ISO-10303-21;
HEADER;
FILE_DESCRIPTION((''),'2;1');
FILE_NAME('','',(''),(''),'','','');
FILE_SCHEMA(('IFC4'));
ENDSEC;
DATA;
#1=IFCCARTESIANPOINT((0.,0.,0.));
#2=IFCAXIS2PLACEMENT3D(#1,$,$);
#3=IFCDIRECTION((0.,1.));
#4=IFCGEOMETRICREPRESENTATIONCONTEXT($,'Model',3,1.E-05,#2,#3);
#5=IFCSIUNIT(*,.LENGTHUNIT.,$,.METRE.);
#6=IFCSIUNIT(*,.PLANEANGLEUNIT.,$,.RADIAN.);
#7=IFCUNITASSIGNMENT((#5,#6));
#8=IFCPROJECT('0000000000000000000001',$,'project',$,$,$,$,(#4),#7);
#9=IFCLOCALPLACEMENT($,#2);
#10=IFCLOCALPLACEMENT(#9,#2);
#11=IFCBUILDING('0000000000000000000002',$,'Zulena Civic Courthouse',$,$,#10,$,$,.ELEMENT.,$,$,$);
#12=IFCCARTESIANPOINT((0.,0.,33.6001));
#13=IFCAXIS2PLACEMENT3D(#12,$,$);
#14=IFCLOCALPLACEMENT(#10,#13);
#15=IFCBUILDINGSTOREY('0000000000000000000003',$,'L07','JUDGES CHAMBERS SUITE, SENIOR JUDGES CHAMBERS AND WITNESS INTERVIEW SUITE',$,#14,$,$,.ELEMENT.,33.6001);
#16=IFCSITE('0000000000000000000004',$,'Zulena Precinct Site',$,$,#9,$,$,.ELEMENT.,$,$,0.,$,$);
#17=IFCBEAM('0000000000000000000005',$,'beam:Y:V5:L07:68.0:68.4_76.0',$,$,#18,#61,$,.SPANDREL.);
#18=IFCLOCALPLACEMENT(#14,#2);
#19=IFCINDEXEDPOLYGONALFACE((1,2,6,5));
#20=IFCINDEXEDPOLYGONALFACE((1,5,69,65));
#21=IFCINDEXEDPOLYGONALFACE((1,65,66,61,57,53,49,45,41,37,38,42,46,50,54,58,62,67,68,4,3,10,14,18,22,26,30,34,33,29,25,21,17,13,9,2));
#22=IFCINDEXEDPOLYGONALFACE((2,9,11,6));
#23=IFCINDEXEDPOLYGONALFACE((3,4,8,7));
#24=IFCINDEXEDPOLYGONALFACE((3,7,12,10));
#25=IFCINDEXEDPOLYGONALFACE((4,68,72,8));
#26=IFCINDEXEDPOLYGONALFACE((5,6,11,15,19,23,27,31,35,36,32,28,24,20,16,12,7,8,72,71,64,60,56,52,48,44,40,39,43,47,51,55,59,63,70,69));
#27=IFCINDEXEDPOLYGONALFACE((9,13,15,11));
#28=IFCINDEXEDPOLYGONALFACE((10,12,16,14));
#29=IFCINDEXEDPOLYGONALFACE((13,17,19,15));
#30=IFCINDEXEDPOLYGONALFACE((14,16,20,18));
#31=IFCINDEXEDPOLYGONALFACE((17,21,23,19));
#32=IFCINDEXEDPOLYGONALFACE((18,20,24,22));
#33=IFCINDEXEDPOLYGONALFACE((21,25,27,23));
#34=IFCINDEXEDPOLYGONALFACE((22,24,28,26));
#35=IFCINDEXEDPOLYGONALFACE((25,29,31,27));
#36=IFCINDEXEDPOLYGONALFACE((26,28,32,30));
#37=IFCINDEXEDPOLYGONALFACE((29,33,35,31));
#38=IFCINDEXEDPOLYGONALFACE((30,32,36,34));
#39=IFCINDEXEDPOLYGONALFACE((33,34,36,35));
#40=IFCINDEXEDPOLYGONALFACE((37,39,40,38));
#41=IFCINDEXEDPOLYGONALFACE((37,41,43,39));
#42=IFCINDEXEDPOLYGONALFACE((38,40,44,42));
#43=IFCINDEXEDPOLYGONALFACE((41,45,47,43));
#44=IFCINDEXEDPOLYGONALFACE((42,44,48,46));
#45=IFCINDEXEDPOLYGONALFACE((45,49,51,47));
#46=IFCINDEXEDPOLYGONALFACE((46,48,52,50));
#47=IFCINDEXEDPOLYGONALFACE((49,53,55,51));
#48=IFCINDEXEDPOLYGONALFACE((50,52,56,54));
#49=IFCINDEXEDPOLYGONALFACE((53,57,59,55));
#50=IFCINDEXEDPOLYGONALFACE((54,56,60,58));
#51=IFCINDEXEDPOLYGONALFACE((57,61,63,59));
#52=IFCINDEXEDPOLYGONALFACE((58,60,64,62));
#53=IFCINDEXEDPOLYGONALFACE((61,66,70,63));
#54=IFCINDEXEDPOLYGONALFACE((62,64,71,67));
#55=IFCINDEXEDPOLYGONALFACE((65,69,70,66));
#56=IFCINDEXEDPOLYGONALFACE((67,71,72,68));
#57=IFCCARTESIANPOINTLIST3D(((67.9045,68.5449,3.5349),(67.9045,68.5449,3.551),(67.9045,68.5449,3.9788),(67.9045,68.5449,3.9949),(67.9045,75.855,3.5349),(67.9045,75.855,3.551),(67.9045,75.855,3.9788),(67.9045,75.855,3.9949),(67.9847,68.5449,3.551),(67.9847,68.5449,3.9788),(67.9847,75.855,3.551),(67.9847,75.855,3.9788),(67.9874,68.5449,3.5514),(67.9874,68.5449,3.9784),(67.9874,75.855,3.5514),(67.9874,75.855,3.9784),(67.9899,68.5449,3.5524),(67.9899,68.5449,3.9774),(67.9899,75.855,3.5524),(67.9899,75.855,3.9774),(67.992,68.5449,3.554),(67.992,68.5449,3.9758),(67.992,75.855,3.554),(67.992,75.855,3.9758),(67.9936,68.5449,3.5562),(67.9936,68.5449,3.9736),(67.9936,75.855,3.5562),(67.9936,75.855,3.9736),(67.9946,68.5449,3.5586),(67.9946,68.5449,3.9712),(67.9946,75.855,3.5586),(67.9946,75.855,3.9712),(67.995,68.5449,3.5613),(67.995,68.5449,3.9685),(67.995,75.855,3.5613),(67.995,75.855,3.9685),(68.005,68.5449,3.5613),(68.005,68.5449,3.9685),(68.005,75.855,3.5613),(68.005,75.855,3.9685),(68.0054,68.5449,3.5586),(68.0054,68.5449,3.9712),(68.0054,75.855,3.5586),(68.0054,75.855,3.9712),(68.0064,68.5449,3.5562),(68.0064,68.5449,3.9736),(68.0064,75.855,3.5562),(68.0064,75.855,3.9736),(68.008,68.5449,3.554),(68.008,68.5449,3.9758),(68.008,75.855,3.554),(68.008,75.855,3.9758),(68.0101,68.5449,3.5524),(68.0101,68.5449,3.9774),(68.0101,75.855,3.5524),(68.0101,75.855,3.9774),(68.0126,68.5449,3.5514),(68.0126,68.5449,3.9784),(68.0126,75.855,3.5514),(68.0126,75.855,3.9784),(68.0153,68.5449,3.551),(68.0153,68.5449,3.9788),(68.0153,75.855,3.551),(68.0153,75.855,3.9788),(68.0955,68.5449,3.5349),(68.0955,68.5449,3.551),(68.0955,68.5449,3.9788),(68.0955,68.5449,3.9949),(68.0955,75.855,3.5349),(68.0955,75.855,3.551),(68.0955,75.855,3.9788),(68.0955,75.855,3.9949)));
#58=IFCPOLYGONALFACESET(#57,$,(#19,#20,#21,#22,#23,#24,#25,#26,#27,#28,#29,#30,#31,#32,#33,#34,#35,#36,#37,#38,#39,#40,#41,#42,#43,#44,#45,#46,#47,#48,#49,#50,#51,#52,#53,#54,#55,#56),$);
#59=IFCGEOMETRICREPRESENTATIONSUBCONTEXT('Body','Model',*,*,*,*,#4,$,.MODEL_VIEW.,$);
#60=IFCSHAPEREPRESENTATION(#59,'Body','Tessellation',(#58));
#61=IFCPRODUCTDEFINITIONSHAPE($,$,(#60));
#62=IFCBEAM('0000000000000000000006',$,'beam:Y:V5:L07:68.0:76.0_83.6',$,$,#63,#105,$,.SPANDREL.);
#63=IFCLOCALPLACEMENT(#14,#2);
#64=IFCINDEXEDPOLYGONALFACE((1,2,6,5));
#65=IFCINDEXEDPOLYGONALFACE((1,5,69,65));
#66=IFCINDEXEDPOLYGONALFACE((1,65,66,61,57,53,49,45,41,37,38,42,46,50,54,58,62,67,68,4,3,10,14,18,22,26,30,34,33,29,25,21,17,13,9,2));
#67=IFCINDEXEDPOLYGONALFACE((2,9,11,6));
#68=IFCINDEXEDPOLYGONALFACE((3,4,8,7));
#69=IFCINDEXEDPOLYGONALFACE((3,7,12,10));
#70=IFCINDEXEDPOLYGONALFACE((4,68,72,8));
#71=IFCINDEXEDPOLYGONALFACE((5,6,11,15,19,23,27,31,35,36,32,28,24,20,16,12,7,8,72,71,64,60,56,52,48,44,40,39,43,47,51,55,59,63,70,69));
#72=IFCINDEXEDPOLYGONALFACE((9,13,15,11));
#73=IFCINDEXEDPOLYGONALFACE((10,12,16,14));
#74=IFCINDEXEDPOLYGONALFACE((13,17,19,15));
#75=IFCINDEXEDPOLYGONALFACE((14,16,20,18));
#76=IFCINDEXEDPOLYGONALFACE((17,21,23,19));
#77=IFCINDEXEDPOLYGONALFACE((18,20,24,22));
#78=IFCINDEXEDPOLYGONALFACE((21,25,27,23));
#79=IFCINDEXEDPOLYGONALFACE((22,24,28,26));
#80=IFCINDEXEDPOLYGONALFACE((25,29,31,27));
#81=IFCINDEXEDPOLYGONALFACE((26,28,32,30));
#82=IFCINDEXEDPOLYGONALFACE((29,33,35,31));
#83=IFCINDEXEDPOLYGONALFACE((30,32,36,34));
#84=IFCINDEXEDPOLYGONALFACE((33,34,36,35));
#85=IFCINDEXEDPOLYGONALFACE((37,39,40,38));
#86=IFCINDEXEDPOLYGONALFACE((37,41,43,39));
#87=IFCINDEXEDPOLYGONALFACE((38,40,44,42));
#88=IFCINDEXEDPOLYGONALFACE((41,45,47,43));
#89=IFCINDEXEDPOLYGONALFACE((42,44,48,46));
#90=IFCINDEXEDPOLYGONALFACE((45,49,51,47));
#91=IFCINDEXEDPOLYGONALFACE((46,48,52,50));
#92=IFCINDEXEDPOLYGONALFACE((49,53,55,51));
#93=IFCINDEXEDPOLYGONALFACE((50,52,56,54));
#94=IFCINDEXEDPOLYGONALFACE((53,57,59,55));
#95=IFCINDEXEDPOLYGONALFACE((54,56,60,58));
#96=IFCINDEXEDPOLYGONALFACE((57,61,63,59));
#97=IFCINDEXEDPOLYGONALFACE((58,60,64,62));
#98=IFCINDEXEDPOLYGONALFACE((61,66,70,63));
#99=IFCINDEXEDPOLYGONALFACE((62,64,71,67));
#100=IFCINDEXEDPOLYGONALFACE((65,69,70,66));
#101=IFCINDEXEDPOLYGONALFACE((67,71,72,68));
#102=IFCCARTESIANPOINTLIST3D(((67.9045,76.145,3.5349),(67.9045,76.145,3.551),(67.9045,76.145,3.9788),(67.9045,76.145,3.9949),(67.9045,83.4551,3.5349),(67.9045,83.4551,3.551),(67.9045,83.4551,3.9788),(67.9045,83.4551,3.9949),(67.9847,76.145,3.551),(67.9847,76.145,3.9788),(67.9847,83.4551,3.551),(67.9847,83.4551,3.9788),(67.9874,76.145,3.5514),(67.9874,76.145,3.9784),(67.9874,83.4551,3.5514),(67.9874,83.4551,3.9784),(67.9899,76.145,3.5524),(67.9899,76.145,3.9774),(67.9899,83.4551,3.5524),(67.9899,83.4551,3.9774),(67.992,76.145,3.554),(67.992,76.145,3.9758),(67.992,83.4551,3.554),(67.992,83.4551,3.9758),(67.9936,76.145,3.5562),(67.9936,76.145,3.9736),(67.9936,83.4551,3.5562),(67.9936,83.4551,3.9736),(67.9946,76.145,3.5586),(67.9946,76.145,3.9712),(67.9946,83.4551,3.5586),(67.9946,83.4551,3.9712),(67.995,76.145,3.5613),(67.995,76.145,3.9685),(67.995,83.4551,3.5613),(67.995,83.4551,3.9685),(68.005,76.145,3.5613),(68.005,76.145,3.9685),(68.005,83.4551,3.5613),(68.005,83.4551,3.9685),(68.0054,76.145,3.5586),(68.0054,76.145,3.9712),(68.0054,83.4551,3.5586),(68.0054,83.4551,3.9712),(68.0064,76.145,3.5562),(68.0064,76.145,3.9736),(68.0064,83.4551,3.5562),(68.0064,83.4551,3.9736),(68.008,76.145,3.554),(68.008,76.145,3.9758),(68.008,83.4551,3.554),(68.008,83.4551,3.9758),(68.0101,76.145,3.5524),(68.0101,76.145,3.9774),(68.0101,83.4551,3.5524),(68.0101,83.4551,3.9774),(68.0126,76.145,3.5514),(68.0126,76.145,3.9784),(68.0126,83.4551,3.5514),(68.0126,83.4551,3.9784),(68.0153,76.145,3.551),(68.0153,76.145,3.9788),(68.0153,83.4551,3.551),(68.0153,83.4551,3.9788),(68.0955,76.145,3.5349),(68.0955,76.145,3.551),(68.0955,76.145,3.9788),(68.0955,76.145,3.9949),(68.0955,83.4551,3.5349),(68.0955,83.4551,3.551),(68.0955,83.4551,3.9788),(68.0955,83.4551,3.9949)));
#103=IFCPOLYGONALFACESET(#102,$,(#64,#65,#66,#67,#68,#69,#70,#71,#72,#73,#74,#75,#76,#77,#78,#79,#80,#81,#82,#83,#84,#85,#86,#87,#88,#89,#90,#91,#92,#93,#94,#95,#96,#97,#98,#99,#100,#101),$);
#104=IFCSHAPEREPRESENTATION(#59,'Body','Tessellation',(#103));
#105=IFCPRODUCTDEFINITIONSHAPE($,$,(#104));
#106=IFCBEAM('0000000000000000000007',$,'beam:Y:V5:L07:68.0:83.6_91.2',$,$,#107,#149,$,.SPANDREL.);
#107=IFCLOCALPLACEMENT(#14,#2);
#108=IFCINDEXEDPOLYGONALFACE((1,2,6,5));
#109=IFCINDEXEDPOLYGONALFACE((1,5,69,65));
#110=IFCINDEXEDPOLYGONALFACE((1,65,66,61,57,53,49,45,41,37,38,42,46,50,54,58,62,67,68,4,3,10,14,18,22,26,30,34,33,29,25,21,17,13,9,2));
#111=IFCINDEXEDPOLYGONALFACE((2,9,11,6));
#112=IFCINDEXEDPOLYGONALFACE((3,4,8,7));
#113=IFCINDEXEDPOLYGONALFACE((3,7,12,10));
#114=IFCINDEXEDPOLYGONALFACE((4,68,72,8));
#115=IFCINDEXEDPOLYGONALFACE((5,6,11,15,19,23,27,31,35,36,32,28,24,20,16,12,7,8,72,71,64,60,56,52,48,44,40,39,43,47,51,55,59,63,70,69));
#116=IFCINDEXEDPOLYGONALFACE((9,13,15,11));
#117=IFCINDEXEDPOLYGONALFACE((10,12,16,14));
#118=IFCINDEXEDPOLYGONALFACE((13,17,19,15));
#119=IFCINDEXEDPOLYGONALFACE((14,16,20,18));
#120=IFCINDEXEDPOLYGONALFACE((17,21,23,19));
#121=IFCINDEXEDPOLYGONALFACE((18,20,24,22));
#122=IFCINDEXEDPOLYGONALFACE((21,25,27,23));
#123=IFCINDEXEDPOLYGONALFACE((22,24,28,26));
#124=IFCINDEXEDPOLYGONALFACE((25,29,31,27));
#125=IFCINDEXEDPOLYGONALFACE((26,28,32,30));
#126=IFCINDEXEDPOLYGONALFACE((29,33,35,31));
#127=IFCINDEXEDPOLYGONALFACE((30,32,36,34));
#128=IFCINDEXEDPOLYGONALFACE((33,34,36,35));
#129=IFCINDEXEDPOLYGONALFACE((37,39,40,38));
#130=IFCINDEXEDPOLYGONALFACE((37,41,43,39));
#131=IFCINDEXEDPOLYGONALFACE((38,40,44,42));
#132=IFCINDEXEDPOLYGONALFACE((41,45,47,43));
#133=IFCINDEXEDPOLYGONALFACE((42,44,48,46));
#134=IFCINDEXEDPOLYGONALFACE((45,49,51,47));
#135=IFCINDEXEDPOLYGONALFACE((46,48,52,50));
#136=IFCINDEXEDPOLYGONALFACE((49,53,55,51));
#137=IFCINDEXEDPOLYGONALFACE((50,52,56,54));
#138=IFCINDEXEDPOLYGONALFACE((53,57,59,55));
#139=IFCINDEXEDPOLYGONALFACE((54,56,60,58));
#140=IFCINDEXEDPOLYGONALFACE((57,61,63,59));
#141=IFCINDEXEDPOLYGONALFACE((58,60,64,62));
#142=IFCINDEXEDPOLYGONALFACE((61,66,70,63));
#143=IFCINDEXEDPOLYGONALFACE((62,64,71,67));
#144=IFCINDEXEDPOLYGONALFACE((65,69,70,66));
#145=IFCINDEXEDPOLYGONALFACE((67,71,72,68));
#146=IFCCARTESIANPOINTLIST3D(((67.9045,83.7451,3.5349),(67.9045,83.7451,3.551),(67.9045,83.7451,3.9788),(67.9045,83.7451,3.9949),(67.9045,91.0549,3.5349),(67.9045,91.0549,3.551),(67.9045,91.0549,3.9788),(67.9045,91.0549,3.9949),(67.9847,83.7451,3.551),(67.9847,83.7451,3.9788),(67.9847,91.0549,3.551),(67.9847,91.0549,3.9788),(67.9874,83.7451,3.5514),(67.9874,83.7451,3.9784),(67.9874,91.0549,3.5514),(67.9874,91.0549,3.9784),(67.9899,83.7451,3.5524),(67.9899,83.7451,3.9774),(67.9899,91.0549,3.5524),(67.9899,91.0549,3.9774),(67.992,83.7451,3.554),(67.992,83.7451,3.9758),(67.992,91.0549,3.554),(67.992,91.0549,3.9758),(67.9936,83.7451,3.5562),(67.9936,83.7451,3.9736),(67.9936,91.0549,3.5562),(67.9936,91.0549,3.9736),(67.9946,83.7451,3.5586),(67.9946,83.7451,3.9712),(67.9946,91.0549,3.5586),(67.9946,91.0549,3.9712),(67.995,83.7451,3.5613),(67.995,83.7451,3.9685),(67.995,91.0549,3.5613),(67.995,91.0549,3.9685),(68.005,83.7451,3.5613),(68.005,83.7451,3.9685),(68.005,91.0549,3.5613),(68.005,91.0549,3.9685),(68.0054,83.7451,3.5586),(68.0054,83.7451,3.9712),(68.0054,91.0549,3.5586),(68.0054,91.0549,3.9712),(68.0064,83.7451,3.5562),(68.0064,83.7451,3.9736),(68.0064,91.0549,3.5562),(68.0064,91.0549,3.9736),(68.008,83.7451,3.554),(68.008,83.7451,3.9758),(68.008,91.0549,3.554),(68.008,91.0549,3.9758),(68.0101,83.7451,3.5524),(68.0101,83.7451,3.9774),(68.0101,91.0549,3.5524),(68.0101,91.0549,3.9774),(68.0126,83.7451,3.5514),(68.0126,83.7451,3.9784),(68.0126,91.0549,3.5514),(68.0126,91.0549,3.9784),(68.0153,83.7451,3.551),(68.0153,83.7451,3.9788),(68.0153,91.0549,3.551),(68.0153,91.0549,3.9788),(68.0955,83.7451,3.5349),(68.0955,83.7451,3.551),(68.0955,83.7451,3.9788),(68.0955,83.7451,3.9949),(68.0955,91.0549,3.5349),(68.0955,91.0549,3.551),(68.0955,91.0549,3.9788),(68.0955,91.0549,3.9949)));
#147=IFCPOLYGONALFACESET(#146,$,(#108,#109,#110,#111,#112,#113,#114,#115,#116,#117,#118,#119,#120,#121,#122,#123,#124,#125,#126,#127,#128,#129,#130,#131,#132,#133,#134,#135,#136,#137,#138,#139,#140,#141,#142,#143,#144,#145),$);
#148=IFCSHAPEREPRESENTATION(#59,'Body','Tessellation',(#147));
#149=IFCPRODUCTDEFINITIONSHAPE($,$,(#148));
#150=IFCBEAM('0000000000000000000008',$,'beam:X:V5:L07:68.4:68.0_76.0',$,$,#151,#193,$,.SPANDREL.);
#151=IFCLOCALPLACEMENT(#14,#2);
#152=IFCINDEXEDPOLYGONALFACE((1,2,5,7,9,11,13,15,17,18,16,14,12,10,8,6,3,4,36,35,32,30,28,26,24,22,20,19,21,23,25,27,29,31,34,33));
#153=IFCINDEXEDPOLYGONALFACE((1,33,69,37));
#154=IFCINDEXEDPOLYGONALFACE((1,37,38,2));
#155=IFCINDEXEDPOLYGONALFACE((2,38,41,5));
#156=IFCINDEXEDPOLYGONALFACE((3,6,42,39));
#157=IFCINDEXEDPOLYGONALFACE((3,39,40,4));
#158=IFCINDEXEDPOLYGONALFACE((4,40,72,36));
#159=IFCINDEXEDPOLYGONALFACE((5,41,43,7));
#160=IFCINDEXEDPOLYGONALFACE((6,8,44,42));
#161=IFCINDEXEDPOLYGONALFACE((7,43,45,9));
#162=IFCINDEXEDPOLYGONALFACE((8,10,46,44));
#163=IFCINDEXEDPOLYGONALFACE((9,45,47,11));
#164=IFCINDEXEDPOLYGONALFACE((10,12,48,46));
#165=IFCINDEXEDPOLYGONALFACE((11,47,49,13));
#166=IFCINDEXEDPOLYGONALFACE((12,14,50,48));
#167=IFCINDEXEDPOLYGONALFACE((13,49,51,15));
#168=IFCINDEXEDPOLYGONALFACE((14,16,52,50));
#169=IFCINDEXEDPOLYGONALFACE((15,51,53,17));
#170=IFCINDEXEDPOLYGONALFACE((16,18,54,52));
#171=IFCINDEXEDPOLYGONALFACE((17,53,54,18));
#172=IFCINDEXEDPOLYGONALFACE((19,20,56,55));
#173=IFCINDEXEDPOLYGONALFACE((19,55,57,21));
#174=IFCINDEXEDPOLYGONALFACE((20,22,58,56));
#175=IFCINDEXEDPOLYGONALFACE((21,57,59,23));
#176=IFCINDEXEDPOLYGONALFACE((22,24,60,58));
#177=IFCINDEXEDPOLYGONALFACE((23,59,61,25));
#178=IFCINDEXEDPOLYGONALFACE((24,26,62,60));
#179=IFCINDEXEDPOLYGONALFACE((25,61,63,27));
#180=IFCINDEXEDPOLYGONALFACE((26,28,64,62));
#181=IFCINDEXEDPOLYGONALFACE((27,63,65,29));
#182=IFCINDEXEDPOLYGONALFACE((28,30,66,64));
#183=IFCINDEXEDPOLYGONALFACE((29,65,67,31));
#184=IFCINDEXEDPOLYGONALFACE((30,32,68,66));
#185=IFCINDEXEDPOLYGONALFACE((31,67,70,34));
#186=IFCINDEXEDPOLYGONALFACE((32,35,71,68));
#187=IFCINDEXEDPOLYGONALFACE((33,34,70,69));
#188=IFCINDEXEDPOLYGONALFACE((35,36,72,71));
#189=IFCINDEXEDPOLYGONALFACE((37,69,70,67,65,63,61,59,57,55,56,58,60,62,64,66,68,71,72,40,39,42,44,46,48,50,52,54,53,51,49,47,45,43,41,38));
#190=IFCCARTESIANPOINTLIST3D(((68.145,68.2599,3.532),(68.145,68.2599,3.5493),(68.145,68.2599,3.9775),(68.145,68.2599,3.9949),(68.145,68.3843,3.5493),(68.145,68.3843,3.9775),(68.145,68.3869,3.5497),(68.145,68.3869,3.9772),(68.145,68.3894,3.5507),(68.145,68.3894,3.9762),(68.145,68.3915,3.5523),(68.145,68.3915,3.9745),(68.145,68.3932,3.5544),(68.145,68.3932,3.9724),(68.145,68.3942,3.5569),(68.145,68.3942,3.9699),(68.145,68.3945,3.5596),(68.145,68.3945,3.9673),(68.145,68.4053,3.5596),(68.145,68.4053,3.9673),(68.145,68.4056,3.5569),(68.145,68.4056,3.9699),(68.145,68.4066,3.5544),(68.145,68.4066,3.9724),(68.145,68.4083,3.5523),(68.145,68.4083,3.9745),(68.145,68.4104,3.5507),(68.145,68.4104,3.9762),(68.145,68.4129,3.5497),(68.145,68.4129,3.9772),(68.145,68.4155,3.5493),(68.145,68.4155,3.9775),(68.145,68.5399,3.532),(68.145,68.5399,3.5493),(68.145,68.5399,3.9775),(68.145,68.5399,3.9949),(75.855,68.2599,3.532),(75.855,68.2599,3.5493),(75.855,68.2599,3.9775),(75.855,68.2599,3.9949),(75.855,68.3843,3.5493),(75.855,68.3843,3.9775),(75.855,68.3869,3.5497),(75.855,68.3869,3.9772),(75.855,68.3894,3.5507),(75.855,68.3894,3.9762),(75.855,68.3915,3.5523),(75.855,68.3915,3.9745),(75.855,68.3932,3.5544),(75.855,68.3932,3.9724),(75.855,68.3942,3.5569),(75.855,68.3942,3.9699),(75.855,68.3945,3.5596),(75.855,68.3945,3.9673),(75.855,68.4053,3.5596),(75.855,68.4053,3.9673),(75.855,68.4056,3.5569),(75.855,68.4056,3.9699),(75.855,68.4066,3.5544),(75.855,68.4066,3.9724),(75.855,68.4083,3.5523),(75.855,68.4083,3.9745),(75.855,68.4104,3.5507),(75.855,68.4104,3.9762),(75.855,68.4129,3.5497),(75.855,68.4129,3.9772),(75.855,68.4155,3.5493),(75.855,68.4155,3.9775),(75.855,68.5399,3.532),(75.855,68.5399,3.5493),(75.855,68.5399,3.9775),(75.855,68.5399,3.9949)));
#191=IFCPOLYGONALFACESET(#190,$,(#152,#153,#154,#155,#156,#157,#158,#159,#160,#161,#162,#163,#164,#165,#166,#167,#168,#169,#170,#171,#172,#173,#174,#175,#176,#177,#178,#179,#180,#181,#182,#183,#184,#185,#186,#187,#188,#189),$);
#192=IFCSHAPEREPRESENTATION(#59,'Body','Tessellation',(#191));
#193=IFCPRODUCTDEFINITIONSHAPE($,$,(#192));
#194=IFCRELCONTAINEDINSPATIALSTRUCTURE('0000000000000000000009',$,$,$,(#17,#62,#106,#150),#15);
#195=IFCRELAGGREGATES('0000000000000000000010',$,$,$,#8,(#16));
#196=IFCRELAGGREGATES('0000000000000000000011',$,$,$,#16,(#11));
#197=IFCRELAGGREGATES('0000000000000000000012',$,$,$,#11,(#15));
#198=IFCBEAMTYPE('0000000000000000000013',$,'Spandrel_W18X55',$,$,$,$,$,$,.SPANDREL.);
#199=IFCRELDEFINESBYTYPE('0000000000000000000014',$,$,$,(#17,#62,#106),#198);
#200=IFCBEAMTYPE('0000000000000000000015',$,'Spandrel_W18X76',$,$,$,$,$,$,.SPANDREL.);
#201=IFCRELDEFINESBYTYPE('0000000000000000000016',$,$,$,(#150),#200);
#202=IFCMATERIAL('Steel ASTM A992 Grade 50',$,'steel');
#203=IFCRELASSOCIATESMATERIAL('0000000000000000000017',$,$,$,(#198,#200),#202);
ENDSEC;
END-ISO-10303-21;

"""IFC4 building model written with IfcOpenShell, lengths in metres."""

from ifc_helpers import new_model, si_unit, direction, frame, origin, origin_2d, place, context, subcontext, project, spatial, i_section, extrude, material, material_profile, profile_set, type_object, element, save


model = new_model("IFC4")

# Units and contexts
model_context = context("Model", 3, precision=1e-05, world=origin(), true_north=direction((0.0, 1.0)))
body_context = subcontext(model_context, "Body", "Model", "MODEL_VIEW")
ifc_project = project(units=[si_unit("LENGTHUNIT", "METRE"), si_unit("PLANEANGLEUNIT", "RADIAN")], contexts=[model_context])

# Site, building, storey
site_placement = place(None, origin())
site = spatial("IfcSite", under=ifc_project, at=site_placement, Name="Zulena Precinct Site", CompositionType="ELEMENT", RefElevation=0.0)
building_placement = place(site_placement, origin())
building = spatial("IfcBuilding", under=site, at=building_placement, Name="Zulena Civic Courthouse", CompositionType="ELEMENT")
storey_placement = place(building_placement, frame((0.0, 0.0, 33.6001)))
storey = spatial("IfcBuildingStorey", under=building, at=storey_placement, Name="L07", Description="JUDGES CHAMBERS SUITE, SENIOR JUDGES CHAMBERS AND WITNESS INTERVIEW SUITE", CompositionType="ELEMENT", Elevation=33.6001)

# Shared definitions
ifc_material_1 = material(Name="Steel ASTM A992 Grade 50", Category="steel")

# Beams
ifc_material_profile_1 = material_profile(ifc_material_1, i_section(OverallWidth=0.1909, OverallDepth=0.46, WebThickness=0.01, FlangeThickness=0.0161, FilletRadius=0.0103, at=origin_2d()), Name="W18X55")
ifc_profile_set_1 = profile_set([ifc_material_profile_1], Name="Steel ASTM A992 Grade 50")
beam_type_1 = type_object("IfcBeamType", Name="Spandrel_W18X55", PredefinedType="SPANDREL", material=ifc_profile_set_1)
for number, where, z_axis, x_axis, name in (
    (1, (68.0, 68.5449, 3.7649), (0.0, 1.0, 0.0), (-1.0, 0.0, 0.0), "beam:Y:V5:L07:68.0:68.4_76.0"),
    (2, (68.0, 76.145, 3.7649), (0.0, 1.0, 0.0), (-1.0, 0.0, 0.0), "beam:Y:V5:L07:68.0:76.0_83.6"),
):
    element("IfcBeam", number, at=place(storey_placement, frame(where, z_axis=z_axis, x_axis=x_axis)), inside=storey, type_object=beam_type_1, Name=name, PredefinedType="SPANDREL", context=body_context, shape_type="SweptSolid", body=[
        extrude(i_section(OverallWidth=0.1909, OverallDepth=0.46, WebThickness=0.01, FlangeThickness=0.0161, FilletRadius=0.0103, at=origin_2d()), origin(), (0.0, 0.0, 1.0), 7.3101),
    ])
beam_placement = place(storey_placement, frame((68.0, 83.7451, 3.7649), z_axis=(0.0, 1.0, 0.0), x_axis=(-1.0, 0.0, 0.0)))
element("IfcBeam", 3, at=beam_placement, inside=storey, type_object=beam_type_1, Name="beam:Y:V5:L07:68.0:83.6_91.2", PredefinedType="SPANDREL", context=body_context, shape_type="SweptSolid", body=[
    extrude(i_section(OverallWidth=0.1909, OverallDepth=0.46, WebThickness=0.01, FlangeThickness=0.0161, FilletRadius=0.0103, at=origin_2d()), origin(), (0.0, 0.0, 1.0), 7.3098),
])
ifc_material_profile_2 = material_profile(ifc_material_1, i_section(OverallWidth=0.28, OverallDepth=0.4629, WebThickness=0.0107, FlangeThickness=0.0173, FilletRadius=0.0103, at=origin_2d()), Name="W18X76")
ifc_profile_set_2 = profile_set([ifc_material_profile_2], Name="Steel ASTM A992 Grade 50")
beam_type_2 = type_object("IfcBeamType", Name="Spandrel_W18X76", PredefinedType="SPANDREL", material=ifc_profile_set_2)
for number, where, z_axis, x_axis, name in (
    (4, (68.145, 68.3999, 3.7634), (1.0, 0.0, 0.0), (0.0, 1.0, 0.0), "beam:X:V5:L07:68.4:68.0_76.0"),
):
    element("IfcBeam", number, at=place(storey_placement, frame(where, z_axis=z_axis, x_axis=x_axis)), inside=storey, type_object=beam_type_2, Name=name, PredefinedType="SPANDREL", context=body_context, shape_type="SweptSolid", body=[
        extrude(i_section(OverallWidth=0.28, OverallDepth=0.4629, WebThickness=0.0107, FlangeThickness=0.0173, FilletRadius=0.0103, at=origin_2d()), origin(), (0.0, 0.0, 1.0), 7.71),
    ])

save(model, "model.ifc")
